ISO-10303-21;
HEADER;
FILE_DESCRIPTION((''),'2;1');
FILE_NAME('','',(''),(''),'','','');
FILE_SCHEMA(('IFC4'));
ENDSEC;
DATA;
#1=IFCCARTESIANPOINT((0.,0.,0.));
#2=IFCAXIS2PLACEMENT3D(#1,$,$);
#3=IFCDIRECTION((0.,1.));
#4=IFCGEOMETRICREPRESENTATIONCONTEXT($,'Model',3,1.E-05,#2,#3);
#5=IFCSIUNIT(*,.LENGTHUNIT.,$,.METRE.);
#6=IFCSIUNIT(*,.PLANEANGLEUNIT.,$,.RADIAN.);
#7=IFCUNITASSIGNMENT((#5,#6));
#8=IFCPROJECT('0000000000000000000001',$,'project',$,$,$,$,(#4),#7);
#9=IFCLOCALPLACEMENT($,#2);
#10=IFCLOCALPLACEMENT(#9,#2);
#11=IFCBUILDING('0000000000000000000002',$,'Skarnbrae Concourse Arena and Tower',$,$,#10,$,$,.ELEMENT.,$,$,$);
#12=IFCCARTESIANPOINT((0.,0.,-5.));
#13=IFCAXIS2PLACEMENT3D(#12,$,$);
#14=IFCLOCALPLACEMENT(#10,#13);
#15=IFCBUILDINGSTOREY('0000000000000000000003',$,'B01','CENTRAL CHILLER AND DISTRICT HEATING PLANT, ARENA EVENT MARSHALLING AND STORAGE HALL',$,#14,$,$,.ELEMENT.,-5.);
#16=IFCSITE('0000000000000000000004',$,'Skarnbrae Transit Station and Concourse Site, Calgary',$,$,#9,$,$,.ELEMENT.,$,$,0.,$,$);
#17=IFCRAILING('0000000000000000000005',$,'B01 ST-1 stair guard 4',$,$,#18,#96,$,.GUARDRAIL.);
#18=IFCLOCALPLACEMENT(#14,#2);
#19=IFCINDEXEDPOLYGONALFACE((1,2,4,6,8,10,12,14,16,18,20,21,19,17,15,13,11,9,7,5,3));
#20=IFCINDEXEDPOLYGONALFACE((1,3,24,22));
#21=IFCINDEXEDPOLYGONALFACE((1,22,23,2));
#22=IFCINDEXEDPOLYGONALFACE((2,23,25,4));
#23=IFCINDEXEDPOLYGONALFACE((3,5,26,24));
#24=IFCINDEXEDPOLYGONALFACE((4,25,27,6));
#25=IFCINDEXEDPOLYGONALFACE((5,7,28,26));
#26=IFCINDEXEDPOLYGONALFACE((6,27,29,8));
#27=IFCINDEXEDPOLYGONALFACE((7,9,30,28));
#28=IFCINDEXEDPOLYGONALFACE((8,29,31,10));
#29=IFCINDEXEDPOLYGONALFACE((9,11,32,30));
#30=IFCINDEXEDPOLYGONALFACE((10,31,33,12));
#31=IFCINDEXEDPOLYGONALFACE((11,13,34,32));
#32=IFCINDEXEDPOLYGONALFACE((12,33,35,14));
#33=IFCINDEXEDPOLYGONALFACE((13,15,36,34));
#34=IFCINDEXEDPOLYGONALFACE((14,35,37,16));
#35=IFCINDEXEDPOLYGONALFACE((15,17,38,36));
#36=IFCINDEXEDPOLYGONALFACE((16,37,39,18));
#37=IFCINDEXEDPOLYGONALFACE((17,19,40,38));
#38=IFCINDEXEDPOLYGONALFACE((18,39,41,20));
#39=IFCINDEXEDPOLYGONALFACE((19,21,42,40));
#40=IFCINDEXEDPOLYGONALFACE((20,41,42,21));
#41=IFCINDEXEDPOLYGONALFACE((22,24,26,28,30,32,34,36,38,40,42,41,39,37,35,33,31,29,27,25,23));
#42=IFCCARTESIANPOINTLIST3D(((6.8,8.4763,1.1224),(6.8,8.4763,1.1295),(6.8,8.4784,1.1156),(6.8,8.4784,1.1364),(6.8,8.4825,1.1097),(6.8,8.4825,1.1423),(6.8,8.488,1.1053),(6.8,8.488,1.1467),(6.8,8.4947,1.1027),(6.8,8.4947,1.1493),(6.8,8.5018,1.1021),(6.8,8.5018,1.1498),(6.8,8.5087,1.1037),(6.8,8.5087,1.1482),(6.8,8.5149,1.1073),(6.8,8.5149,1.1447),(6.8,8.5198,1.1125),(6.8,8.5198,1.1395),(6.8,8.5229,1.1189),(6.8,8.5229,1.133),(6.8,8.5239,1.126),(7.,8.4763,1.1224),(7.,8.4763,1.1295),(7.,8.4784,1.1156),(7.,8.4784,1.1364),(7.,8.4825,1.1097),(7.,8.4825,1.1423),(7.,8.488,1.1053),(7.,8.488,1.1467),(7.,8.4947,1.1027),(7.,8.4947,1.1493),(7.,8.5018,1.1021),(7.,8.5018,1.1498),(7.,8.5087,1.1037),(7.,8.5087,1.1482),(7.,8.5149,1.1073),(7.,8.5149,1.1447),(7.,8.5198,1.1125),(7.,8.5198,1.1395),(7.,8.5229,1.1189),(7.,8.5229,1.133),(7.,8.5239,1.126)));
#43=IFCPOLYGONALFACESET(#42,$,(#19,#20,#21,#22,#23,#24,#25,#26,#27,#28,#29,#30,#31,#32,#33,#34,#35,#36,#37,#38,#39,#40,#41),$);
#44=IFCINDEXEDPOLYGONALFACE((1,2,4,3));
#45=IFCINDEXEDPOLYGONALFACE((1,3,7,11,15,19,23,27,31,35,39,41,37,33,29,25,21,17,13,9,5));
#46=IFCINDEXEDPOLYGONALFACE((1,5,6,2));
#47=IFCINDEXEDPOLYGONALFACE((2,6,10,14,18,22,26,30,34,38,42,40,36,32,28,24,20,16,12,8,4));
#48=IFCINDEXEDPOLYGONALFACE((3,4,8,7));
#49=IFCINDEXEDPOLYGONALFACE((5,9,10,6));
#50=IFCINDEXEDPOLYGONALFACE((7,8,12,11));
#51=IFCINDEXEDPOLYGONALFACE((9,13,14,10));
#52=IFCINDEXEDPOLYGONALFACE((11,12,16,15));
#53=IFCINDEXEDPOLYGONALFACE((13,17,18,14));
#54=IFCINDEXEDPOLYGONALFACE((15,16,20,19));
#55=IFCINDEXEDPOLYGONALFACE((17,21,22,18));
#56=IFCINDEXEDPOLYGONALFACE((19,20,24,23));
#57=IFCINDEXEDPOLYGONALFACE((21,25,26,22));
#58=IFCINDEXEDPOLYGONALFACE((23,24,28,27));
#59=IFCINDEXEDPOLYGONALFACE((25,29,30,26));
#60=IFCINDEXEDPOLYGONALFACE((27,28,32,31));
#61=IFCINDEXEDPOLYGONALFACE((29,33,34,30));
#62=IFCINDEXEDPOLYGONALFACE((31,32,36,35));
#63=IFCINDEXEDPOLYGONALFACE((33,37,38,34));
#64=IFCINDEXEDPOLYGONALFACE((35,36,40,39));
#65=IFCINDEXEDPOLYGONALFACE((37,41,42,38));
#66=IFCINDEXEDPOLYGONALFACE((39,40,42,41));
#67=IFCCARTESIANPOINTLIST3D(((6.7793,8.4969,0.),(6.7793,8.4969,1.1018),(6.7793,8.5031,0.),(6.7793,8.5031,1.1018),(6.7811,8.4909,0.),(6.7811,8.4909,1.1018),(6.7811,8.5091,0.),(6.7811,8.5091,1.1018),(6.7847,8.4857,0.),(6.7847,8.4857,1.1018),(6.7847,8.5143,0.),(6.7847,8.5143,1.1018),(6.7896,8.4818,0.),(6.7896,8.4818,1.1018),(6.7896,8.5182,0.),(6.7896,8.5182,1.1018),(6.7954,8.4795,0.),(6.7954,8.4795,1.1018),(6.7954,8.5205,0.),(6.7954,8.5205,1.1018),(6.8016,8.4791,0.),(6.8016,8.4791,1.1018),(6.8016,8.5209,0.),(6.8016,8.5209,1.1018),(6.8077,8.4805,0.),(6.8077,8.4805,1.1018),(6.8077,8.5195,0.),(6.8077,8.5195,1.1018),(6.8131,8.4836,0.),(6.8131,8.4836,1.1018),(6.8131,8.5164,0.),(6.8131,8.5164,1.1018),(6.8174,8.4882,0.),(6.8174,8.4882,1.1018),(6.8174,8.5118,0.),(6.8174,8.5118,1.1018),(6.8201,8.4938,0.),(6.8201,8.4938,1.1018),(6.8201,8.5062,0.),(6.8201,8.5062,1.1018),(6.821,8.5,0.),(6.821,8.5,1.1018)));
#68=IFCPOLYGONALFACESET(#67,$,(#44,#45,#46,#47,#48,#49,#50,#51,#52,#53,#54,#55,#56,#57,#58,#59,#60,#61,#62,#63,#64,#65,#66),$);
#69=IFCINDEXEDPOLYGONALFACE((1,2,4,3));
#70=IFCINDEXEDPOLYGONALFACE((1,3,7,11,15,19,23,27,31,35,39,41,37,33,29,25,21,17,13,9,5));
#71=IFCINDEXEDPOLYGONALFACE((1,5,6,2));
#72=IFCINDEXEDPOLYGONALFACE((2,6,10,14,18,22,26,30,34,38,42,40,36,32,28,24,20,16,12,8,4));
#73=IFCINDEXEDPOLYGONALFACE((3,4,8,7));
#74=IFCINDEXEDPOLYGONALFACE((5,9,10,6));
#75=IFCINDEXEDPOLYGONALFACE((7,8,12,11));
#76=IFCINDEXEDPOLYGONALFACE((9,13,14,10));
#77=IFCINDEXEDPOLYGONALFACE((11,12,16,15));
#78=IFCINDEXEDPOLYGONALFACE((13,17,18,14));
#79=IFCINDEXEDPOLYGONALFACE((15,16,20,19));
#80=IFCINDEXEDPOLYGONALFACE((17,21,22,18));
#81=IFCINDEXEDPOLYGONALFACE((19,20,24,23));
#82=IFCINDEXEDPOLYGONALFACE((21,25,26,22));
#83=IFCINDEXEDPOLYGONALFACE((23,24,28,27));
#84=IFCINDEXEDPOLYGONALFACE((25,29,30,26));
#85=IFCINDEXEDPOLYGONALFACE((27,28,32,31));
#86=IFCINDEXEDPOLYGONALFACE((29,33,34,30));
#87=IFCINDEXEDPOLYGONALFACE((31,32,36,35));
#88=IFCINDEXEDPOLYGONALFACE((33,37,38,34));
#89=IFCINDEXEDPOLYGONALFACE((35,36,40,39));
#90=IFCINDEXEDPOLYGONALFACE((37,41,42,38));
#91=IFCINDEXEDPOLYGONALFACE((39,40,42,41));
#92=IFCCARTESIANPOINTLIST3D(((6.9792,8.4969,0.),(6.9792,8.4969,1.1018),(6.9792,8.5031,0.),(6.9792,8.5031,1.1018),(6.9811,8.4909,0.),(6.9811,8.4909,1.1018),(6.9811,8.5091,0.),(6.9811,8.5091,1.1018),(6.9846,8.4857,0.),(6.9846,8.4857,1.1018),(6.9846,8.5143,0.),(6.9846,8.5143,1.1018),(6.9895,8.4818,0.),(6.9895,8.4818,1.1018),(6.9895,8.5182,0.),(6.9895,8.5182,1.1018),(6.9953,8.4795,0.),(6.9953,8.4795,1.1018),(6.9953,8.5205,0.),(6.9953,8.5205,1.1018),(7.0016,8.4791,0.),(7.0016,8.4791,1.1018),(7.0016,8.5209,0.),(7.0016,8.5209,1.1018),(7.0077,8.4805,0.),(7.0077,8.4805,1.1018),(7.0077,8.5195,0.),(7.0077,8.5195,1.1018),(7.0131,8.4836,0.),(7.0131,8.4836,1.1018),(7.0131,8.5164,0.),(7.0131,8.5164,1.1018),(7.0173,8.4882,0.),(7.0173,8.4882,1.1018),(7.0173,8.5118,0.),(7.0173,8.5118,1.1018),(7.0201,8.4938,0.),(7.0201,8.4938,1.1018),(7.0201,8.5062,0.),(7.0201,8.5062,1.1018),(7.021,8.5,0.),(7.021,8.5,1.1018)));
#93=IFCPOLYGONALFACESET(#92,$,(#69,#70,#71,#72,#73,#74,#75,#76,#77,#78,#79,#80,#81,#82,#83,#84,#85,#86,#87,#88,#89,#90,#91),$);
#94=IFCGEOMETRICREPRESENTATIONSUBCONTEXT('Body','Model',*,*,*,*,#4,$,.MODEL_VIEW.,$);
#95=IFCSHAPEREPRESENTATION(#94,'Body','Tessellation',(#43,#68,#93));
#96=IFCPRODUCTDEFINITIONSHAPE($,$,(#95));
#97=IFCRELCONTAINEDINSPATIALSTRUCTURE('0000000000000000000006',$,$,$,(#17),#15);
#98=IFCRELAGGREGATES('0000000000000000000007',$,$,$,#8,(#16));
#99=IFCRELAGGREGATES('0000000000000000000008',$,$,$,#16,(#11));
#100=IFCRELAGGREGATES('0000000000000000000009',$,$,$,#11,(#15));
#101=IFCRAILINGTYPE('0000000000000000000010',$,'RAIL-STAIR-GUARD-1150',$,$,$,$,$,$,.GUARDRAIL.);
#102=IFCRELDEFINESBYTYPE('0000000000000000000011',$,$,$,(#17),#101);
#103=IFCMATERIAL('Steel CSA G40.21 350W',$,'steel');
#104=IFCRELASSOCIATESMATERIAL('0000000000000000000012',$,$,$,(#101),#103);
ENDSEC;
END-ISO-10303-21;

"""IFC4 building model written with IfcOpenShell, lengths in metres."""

from ifc_helpers import new_model, si_unit, direction, frame, origin, origin_2d, place, context, subcontext, project, spatial, circle, extrude, material, type_object, element, save


model = new_model("IFC4")

# Units and contexts
model_context = context("Model", 3, precision=1e-05, world=origin(), true_north=direction((0.0, 1.0)))
body_context = subcontext(model_context, "Body", "Model", "MODEL_VIEW")
ifc_project = project(units=[si_unit("LENGTHUNIT", "METRE"), si_unit("PLANEANGLEUNIT", "RADIAN")], contexts=[model_context])

# Site, building, storey
site_placement = place(None, origin())
site = spatial("IfcSite", under=ifc_project, at=site_placement, Name="Skarnbrae Transit Station and Concourse Site, Calgary", CompositionType="ELEMENT", RefElevation=0.0)
building_placement = place(site_placement, origin())
building = spatial("IfcBuilding", under=site, at=building_placement, Name="Skarnbrae Concourse Arena and Tower", CompositionType="ELEMENT")
storey_placement = place(building_placement, frame((0.0, 0.0, -5.0)))
storey = spatial("IfcBuildingStorey", under=building, at=storey_placement, Name="B01", Description="CENTRAL CHILLER AND DISTRICT HEATING PLANT, ARENA EVENT MARSHALLING AND STORAGE HALL", CompositionType="ELEMENT", Elevation=-5.0)

# Shared definitions
ifc_material_1 = material(Name="Steel CSA G40.21 350W", Category="steel")

# Railing
railing_type_1 = type_object("IfcRailingType", Name="RAIL-STAIR-GUARD-1150", PredefinedType="GUARDRAIL", material=ifc_material_1)
railing_1_placement = place(storey_placement, frame((6.8, 8.5, 0.0)))
element("IfcRailing", 1, at=railing_1_placement, inside=storey, type_object=railing_type_1, Name="B01 ST-1 stair guard 4", PredefinedType="GUARDRAIL", context=body_context, shape_type="SweptSolid", body=[
    extrude(circle(Radius=0.0239, at=origin_2d()), frame((0.0, 0.0, 1.126), z_axis=(1.0, 0.0, 0.0), x_axis=(0.0, 1.0, 0.0)), (0.0, 0.0, 1.0), 0.2),
    extrude(circle(Radius=0.021, at=origin_2d()), origin(), (0.0, 0.0, 1.0), 1.1018),
    extrude(circle(Radius=0.021, at=origin_2d()), frame((0.2, 0.0, 0.0)), (0.0, 0.0, 1.0), 1.1018),
])

save(model, "model.ifc")
